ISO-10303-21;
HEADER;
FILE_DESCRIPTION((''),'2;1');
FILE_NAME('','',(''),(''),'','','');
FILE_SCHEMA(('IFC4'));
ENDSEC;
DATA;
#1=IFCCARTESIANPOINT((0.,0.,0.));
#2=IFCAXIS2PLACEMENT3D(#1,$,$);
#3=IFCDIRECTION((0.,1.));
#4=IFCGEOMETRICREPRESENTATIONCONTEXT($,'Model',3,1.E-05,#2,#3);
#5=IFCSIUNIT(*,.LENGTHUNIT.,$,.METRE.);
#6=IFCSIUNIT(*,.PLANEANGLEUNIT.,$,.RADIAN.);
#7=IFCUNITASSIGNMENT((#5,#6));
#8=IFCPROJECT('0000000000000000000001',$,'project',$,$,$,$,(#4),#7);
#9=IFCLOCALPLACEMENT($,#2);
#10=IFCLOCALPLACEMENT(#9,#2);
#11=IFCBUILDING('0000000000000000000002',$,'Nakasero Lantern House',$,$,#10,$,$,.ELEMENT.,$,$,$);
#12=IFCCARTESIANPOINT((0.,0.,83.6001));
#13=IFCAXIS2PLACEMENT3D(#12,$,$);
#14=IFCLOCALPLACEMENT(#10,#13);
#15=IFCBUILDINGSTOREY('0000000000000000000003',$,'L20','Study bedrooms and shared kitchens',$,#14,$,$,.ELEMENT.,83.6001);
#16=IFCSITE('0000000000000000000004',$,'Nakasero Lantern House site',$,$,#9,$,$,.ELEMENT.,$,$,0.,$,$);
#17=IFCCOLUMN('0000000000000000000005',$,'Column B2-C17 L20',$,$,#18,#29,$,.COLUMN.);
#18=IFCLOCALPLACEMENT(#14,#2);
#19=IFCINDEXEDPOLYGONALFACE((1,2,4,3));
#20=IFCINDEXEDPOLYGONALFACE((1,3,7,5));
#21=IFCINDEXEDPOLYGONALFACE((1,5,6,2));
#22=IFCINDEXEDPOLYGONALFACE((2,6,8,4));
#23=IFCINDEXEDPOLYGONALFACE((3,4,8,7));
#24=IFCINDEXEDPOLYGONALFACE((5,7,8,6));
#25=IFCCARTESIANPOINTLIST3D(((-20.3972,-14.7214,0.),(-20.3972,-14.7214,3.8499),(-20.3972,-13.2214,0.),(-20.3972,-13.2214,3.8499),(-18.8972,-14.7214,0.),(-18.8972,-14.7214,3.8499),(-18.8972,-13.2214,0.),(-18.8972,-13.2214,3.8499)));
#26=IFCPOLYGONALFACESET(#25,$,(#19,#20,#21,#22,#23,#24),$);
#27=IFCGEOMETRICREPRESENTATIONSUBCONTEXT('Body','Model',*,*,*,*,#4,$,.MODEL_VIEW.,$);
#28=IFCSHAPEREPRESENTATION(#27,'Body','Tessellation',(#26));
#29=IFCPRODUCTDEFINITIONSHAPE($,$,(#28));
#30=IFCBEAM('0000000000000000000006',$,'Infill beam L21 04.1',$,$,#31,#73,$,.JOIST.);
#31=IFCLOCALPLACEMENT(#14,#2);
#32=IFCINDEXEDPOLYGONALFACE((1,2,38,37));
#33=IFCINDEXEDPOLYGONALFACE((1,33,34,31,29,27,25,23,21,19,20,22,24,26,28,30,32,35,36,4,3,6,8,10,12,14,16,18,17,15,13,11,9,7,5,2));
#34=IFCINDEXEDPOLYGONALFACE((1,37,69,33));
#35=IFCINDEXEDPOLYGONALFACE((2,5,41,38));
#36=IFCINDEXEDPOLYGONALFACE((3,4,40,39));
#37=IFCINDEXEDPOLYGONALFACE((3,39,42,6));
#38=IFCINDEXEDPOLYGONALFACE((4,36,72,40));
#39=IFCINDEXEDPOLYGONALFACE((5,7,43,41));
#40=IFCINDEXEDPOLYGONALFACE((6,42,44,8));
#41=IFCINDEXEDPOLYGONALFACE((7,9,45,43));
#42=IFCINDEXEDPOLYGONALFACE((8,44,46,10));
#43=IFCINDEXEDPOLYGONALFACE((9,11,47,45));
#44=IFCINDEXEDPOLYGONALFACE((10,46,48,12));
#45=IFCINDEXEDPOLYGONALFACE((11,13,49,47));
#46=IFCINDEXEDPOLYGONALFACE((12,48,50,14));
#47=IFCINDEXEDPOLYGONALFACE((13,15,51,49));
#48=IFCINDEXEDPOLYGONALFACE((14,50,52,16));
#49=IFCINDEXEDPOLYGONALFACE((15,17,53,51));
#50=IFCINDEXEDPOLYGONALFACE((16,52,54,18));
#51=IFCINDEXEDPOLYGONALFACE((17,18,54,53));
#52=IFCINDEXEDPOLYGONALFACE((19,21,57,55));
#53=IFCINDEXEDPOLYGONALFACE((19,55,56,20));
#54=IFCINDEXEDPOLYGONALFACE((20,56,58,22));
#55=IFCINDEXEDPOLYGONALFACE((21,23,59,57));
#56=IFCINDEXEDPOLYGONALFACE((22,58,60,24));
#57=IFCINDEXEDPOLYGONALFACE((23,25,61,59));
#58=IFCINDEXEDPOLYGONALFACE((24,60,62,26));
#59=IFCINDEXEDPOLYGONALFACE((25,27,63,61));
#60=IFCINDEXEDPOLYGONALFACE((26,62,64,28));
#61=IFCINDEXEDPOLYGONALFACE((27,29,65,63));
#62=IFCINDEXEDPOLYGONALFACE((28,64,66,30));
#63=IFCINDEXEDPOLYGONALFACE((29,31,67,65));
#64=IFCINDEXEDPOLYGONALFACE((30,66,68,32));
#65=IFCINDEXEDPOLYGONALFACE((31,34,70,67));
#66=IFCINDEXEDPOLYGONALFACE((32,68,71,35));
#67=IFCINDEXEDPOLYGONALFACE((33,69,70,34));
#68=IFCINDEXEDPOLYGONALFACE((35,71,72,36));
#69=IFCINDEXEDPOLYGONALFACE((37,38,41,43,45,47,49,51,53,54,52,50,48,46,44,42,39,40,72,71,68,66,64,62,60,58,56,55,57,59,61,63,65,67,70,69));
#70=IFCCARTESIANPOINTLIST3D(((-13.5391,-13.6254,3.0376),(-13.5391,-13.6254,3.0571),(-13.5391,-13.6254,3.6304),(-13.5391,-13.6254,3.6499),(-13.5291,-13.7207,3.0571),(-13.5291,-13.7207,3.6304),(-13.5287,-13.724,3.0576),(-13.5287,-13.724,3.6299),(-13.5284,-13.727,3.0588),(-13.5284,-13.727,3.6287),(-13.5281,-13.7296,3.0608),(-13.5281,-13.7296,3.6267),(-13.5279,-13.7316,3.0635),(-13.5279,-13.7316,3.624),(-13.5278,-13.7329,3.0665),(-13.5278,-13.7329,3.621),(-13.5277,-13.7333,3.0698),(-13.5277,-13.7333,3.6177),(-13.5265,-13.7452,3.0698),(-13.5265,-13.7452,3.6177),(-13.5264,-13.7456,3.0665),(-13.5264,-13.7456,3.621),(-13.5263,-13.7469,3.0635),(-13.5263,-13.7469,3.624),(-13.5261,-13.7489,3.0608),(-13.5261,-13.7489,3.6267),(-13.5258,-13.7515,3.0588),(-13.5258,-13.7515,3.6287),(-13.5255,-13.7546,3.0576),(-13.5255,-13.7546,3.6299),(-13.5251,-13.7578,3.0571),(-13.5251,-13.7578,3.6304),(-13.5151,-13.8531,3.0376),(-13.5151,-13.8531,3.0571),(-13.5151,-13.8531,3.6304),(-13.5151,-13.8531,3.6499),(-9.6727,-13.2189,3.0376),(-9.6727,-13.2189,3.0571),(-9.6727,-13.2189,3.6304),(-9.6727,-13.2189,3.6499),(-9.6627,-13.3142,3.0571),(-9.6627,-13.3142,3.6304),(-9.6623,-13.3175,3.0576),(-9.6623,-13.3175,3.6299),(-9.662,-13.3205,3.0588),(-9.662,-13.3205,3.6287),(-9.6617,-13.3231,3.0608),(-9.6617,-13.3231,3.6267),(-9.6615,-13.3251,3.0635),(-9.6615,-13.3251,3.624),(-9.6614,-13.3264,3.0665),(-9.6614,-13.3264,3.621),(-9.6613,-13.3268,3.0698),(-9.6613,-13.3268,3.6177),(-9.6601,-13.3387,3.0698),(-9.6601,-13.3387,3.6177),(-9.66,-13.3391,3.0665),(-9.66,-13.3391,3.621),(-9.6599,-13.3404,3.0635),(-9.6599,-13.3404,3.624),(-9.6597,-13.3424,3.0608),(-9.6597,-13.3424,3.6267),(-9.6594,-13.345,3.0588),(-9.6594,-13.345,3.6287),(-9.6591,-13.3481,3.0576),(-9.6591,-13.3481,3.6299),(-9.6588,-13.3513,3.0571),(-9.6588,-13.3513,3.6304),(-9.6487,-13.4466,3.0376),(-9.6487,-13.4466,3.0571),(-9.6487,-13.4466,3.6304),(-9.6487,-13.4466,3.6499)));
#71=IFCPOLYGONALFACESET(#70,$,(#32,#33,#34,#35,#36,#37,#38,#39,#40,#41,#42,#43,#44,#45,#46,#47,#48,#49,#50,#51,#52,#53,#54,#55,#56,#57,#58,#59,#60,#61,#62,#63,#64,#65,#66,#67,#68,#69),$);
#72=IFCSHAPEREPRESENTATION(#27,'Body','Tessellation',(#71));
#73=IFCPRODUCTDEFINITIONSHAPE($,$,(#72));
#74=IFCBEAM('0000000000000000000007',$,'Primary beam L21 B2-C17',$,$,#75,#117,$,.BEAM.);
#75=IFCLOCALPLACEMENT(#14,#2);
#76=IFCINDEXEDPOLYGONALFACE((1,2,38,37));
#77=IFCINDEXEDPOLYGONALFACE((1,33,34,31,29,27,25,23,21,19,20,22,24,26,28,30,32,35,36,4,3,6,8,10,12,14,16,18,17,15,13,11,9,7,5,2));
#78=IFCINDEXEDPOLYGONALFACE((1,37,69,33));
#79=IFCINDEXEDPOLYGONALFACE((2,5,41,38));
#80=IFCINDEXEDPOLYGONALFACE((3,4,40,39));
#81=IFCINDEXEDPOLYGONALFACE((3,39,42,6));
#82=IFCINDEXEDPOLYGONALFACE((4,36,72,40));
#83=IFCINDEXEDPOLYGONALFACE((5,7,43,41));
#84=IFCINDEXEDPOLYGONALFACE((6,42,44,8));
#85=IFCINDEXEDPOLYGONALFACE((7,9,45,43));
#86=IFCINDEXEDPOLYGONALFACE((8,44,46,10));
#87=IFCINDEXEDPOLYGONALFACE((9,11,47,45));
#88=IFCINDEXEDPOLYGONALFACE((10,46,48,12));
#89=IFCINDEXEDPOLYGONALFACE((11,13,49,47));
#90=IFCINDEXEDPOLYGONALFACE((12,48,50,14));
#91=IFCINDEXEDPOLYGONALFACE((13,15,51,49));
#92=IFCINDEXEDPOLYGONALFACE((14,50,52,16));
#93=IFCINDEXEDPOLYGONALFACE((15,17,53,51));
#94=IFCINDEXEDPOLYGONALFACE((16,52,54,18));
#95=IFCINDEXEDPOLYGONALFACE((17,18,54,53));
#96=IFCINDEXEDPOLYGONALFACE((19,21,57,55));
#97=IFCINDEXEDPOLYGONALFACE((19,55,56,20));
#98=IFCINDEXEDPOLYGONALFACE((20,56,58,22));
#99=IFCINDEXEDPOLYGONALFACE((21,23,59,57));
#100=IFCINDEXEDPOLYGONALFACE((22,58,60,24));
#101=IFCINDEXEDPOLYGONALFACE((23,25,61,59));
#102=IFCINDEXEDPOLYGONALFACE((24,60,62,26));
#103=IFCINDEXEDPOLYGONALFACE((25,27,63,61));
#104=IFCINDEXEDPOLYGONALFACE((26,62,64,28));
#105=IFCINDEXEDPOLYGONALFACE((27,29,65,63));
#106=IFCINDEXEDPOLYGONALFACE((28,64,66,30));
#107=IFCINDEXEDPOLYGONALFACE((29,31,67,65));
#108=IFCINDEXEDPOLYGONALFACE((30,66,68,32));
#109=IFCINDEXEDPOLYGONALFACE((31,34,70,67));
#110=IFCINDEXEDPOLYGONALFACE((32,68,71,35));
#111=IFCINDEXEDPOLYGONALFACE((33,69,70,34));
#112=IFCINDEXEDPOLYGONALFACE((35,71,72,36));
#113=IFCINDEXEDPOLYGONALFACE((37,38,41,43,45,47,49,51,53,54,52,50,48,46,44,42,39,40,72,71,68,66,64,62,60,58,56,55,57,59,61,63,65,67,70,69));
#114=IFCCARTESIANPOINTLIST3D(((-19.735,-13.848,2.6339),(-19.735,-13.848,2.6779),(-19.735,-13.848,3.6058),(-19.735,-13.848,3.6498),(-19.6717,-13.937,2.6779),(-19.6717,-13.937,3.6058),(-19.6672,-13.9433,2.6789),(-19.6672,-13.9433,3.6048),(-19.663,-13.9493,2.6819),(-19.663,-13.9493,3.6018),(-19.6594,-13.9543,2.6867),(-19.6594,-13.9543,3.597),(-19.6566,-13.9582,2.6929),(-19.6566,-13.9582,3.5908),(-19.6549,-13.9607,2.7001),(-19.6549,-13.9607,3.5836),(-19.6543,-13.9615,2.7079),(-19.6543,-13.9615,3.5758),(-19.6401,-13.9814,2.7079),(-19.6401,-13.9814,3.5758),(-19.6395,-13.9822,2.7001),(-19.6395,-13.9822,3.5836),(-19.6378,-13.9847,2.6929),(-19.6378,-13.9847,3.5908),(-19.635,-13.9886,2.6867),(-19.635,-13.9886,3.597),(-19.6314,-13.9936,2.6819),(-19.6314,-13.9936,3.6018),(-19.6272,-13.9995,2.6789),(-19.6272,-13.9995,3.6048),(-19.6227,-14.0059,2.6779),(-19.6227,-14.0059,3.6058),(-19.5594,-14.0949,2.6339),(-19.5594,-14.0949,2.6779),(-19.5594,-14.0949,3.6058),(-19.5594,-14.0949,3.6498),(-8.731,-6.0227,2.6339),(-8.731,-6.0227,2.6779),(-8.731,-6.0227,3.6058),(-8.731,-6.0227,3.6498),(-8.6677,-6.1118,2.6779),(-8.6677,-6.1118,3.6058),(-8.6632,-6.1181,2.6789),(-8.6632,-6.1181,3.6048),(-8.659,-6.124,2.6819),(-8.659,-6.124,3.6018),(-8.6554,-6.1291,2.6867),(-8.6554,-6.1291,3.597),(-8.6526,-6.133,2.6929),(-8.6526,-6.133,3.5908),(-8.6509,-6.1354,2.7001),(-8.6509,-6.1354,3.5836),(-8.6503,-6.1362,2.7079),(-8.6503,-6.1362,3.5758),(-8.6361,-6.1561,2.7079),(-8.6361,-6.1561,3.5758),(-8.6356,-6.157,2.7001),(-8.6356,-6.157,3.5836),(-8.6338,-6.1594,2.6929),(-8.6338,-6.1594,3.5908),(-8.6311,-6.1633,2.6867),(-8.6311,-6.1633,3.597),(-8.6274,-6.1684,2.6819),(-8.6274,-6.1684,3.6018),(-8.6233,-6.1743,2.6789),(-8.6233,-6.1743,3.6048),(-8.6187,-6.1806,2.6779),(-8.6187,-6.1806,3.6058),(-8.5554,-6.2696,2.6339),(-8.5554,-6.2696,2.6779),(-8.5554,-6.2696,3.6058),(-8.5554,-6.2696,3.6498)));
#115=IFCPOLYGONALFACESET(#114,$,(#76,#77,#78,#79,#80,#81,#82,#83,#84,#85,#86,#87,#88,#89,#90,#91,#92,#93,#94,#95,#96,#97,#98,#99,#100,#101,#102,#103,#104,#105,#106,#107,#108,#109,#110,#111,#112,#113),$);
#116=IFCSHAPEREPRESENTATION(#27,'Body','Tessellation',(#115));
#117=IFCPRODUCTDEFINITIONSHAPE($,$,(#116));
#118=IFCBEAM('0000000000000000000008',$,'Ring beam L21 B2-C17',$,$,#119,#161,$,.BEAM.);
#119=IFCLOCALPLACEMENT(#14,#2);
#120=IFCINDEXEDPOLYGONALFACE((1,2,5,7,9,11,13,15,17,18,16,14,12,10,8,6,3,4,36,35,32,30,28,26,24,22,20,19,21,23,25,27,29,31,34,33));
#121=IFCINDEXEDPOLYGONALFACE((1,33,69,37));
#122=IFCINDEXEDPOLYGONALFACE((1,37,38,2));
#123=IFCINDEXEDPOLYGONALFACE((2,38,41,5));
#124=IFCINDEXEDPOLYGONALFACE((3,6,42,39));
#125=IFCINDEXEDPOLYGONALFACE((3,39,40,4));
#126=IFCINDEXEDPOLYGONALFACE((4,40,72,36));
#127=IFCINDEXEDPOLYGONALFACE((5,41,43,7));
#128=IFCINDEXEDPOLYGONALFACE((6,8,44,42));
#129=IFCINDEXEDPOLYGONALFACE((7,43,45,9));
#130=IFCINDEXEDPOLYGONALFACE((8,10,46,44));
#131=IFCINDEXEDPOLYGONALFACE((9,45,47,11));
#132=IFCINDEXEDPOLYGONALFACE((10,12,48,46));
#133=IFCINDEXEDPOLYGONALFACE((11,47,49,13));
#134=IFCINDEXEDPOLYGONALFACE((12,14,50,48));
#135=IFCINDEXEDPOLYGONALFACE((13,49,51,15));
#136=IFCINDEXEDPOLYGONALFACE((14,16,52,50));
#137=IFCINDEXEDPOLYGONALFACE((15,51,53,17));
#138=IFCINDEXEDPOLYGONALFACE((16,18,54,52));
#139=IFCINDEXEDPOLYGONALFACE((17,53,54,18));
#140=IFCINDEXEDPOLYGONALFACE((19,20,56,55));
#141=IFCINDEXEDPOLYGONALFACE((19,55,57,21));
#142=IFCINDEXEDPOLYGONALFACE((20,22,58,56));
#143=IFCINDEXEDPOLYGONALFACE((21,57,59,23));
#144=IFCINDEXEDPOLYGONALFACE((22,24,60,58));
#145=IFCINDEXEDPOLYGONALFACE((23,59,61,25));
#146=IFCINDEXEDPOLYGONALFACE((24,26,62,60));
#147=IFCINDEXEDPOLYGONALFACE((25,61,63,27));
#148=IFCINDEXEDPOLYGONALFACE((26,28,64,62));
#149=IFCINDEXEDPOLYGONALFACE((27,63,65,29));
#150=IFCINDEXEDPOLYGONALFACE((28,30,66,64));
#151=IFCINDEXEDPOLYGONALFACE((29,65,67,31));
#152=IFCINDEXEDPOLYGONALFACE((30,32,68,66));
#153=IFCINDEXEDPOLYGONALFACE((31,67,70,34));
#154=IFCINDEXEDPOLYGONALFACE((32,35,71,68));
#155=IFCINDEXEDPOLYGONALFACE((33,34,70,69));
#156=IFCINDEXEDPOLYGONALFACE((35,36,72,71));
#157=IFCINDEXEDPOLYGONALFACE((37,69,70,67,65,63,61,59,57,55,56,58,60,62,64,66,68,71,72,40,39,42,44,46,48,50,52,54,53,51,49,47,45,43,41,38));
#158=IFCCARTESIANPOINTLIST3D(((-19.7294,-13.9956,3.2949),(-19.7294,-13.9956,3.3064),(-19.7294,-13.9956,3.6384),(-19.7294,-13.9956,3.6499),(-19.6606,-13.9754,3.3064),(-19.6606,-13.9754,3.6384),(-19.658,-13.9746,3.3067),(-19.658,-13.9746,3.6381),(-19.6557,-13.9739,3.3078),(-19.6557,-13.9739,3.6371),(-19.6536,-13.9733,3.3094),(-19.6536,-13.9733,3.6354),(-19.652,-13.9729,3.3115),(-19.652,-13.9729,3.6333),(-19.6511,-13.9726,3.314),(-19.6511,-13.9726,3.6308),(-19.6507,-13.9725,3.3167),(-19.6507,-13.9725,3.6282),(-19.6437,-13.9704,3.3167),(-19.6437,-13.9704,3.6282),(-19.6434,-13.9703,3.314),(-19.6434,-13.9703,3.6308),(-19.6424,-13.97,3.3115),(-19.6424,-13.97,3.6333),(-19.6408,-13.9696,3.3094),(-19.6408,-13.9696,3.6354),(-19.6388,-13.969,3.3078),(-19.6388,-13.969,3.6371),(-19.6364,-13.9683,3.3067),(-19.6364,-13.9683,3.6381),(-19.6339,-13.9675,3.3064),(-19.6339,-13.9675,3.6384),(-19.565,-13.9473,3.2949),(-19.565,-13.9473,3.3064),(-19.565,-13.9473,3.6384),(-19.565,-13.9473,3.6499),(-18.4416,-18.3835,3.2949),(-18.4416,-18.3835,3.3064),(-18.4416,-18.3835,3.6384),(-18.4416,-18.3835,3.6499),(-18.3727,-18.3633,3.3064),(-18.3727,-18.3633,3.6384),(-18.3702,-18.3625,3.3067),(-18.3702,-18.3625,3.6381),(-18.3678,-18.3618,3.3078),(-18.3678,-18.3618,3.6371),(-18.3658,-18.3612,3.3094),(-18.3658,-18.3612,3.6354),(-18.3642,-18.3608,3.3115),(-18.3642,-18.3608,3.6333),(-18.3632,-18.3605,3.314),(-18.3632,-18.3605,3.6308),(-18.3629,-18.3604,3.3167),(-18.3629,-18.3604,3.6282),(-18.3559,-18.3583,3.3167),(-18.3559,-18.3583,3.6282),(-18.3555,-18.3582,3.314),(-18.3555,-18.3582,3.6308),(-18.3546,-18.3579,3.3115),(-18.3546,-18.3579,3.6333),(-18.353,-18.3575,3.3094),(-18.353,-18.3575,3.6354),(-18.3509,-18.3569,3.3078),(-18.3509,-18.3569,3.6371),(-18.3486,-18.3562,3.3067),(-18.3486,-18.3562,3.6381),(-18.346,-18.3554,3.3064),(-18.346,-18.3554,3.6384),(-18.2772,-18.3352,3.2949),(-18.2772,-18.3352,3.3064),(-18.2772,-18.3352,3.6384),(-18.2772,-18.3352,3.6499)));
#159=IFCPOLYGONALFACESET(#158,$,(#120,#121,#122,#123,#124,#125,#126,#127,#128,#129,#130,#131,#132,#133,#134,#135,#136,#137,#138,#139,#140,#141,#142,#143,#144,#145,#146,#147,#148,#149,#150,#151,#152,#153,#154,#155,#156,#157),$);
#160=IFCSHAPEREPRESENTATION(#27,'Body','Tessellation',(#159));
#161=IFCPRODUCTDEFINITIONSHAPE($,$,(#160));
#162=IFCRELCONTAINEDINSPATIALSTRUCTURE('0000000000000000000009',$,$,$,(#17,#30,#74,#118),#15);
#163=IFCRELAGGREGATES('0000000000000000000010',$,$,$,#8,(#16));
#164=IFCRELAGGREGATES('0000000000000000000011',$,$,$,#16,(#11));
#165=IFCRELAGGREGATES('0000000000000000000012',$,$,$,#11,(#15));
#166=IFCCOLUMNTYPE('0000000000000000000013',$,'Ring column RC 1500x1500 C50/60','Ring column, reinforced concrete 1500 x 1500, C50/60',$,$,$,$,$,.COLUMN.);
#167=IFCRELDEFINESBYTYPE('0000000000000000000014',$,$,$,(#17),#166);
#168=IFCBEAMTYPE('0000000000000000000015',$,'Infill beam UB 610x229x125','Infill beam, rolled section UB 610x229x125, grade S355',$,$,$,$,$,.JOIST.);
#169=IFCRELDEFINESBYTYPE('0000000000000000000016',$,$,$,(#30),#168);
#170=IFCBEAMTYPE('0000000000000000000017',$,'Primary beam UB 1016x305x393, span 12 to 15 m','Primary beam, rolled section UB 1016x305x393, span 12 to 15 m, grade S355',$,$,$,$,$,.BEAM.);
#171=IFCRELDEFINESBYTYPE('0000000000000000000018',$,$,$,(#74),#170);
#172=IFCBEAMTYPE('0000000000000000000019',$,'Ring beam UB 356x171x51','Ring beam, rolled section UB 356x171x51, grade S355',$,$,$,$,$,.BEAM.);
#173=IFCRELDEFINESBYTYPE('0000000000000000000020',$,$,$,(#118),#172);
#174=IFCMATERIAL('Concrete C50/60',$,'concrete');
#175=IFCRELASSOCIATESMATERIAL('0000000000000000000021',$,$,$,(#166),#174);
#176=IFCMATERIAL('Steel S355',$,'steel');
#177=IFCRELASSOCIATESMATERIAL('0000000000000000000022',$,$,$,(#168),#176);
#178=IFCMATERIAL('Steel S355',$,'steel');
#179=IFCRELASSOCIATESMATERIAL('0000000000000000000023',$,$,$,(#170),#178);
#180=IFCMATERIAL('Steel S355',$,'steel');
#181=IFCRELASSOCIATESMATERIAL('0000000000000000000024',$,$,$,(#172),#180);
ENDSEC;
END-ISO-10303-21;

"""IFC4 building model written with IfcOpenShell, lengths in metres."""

from ifc_helpers import new_model, si_unit, direction, frame, origin, origin_2d, place, context, subcontext, project, spatial, rectangle, i_section, extrude, material, material_profile, profile_set, type_object, element, save


model = new_model("IFC4")

# Units and contexts
model_context = context("Model", 3, precision=1e-05, world=origin(), true_north=direction((0.0, 1.0)))
body_context = subcontext(model_context, "Body", "Model", "MODEL_VIEW")
ifc_project = project(units=[si_unit("LENGTHUNIT", "METRE"), si_unit("PLANEANGLEUNIT", "RADIAN")], contexts=[model_context])

# Site, building, storey
site_placement = place(None, origin())
site = spatial("IfcSite", under=ifc_project, at=site_placement, Name="Nakasero Lantern House site", CompositionType="ELEMENT", RefElevation=0.0)
building_placement = place(site_placement, origin())
building = spatial("IfcBuilding", under=site, at=building_placement, Name="Nakasero Lantern House", CompositionType="ELEMENT")
storey_placement = place(building_placement, frame((0.0, 0.0, 83.6001)))
storey = spatial("IfcBuildingStorey", under=building, at=storey_placement, Name="L20", Description="Study bedrooms and shared kitchens", CompositionType="ELEMENT", Elevation=83.6001)

# Column
ifc_material_1 = material(Name="Concrete C50/60", Category="concrete")
ifc_material_profile_1 = material_profile(ifc_material_1, rectangle(XDim=1.5, YDim=1.5, at=origin_2d()), Name="RC 1500x1500")
ifc_profile_set_1 = profile_set([ifc_material_profile_1], Name="Concrete C50/60")
column_type = type_object("IfcColumnType", Name="Ring column RC 1500x1500 C50/60", Description="Ring column, reinforced concrete 1500 x 1500, C50/60", PredefinedType="COLUMN", material=ifc_profile_set_1)
column_placement = place(storey_placement, frame((-19.6472, -13.9714, 0.0), z_axis=(0.0, 0.0, 1.0), x_axis=(1.0, 0.0, 0.0)))
element("IfcColumn", 1, at=column_placement, inside=storey, type_object=column_type, Name="Column B2-C17 L20", PredefinedType="COLUMN", context=body_context, shape_type="SweptSolid", body=[
    extrude(rectangle(XDim=1.5, YDim=1.5, at=origin_2d()), origin(), (0.0, 0.0, 1.0), 3.8499),
])

# Beams
ifc_material_2 = material(Name="Steel S355", Category="steel")
ifc_material_profile_2 = material_profile(ifc_material_2, i_section(OverallWidth=0.229, OverallDepth=0.6123, WebThickness=0.012, FlangeThickness=0.0195, FilletRadius=0.0127, at=origin_2d()), Name="UB 610x229x125")
ifc_profile_set_2 = profile_set([ifc_material_profile_2], Name="Steel S355")
beam_type_1 = type_object("IfcBeamType", Name="Infill beam UB 610x229x125", Description="Infill beam, rolled section UB 610x229x125, grade S355", PredefinedType="JOIST", material=ifc_profile_set_2)
beam_1_placement = place(storey_placement, frame((-13.5271, -13.7393, 3.3438), z_axis=(0.994519, 0.104557, 0.0), x_axis=(-0.104557, 0.994519, 0.0)))
element("IfcBeam", 2, at=beam_1_placement, inside=storey, type_object=beam_type_1, Name="Infill beam L21 04.1", PredefinedType="JOIST", context=body_context, shape_type="SweptSolid", body=[
    extrude(i_section(OverallWidth=0.229, OverallDepth=0.6123, WebThickness=0.012, FlangeThickness=0.0195, FilletRadius=0.0127, at=origin_2d()), origin(), (0.0, 0.0, 1.0), 3.8877),
])
ifc_material_3 = material(Name="Steel S355", Category="steel")
ifc_material_profile_3 = material_profile(ifc_material_3, i_section(OverallWidth=0.303, OverallDepth=1.0159, WebThickness=0.0244, FlangeThickness=0.0439, FilletRadius=0.03, at=origin_2d()), Name="UB 1016x305x393")
ifc_profile_set_3 = profile_set([ifc_material_profile_3], Name="Steel S355")
beam_type_2 = type_object("IfcBeamType", Name="Primary beam UB 1016x305x393, span 12 to 15 m", Description="Primary beam, rolled section UB 1016x305x393, span 12 to 15 m, grade S355", PredefinedType="BEAM", material=ifc_profile_set_3)
beam_2_placement = place(storey_placement, frame((-19.6472, -13.9714, 3.1418), z_axis=(0.814948, 0.579533, 0.0), x_axis=(-0.579533, 0.814948, 0.0)))
element("IfcBeam", 3, at=beam_2_placement, inside=storey, type_object=beam_type_2, Name="Primary beam L21 B2-C17", PredefinedType="BEAM", context=body_context, shape_type="SweptSolid", body=[
    extrude(i_section(OverallWidth=0.303, OverallDepth=1.0159, WebThickness=0.0244, FlangeThickness=0.0439, FilletRadius=0.03, at=origin_2d()), origin(), (0.0, 0.0, 1.0), 13.5027),
])
ifc_material_4 = material(Name="Steel S355", Category="steel")
ifc_material_profile_4 = material_profile(ifc_material_4, i_section(OverallWidth=0.1714, OverallDepth=0.355, WebThickness=0.0073, FlangeThickness=0.0115, FilletRadius=0.0103, at=origin_2d()), Name="UB 356x171x51")
ifc_profile_set_4 = profile_set([ifc_material_profile_4], Name="Steel S355")
beam_type_3 = type_object("IfcBeamType", Name="Ring beam UB 356x171x51", Description="Ring beam, rolled section UB 356x171x51, grade S355", PredefinedType="BEAM", material=ifc_profile_set_4)
beam_3_placement = place(storey_placement, frame((-19.6472, -13.9714, 3.4724), z_axis=(0.281617, -0.959527, 0.0), x_axis=(0.959527, 0.281617, 0.0)))
element("IfcBeam", 4, at=beam_3_placement, inside=storey, type_object=beam_type_3, Name="Ring beam L21 B2-C17", PredefinedType="BEAM", context=body_context, shape_type="SweptSolid", body=[
    extrude(i_section(OverallWidth=0.1714, OverallDepth=0.355, WebThickness=0.0073, FlangeThickness=0.0115, FilletRadius=0.0103, at=origin_2d()), origin(), (0.0, 0.0, 1.0), 4.573),
])

save(model, "model.ifc")
